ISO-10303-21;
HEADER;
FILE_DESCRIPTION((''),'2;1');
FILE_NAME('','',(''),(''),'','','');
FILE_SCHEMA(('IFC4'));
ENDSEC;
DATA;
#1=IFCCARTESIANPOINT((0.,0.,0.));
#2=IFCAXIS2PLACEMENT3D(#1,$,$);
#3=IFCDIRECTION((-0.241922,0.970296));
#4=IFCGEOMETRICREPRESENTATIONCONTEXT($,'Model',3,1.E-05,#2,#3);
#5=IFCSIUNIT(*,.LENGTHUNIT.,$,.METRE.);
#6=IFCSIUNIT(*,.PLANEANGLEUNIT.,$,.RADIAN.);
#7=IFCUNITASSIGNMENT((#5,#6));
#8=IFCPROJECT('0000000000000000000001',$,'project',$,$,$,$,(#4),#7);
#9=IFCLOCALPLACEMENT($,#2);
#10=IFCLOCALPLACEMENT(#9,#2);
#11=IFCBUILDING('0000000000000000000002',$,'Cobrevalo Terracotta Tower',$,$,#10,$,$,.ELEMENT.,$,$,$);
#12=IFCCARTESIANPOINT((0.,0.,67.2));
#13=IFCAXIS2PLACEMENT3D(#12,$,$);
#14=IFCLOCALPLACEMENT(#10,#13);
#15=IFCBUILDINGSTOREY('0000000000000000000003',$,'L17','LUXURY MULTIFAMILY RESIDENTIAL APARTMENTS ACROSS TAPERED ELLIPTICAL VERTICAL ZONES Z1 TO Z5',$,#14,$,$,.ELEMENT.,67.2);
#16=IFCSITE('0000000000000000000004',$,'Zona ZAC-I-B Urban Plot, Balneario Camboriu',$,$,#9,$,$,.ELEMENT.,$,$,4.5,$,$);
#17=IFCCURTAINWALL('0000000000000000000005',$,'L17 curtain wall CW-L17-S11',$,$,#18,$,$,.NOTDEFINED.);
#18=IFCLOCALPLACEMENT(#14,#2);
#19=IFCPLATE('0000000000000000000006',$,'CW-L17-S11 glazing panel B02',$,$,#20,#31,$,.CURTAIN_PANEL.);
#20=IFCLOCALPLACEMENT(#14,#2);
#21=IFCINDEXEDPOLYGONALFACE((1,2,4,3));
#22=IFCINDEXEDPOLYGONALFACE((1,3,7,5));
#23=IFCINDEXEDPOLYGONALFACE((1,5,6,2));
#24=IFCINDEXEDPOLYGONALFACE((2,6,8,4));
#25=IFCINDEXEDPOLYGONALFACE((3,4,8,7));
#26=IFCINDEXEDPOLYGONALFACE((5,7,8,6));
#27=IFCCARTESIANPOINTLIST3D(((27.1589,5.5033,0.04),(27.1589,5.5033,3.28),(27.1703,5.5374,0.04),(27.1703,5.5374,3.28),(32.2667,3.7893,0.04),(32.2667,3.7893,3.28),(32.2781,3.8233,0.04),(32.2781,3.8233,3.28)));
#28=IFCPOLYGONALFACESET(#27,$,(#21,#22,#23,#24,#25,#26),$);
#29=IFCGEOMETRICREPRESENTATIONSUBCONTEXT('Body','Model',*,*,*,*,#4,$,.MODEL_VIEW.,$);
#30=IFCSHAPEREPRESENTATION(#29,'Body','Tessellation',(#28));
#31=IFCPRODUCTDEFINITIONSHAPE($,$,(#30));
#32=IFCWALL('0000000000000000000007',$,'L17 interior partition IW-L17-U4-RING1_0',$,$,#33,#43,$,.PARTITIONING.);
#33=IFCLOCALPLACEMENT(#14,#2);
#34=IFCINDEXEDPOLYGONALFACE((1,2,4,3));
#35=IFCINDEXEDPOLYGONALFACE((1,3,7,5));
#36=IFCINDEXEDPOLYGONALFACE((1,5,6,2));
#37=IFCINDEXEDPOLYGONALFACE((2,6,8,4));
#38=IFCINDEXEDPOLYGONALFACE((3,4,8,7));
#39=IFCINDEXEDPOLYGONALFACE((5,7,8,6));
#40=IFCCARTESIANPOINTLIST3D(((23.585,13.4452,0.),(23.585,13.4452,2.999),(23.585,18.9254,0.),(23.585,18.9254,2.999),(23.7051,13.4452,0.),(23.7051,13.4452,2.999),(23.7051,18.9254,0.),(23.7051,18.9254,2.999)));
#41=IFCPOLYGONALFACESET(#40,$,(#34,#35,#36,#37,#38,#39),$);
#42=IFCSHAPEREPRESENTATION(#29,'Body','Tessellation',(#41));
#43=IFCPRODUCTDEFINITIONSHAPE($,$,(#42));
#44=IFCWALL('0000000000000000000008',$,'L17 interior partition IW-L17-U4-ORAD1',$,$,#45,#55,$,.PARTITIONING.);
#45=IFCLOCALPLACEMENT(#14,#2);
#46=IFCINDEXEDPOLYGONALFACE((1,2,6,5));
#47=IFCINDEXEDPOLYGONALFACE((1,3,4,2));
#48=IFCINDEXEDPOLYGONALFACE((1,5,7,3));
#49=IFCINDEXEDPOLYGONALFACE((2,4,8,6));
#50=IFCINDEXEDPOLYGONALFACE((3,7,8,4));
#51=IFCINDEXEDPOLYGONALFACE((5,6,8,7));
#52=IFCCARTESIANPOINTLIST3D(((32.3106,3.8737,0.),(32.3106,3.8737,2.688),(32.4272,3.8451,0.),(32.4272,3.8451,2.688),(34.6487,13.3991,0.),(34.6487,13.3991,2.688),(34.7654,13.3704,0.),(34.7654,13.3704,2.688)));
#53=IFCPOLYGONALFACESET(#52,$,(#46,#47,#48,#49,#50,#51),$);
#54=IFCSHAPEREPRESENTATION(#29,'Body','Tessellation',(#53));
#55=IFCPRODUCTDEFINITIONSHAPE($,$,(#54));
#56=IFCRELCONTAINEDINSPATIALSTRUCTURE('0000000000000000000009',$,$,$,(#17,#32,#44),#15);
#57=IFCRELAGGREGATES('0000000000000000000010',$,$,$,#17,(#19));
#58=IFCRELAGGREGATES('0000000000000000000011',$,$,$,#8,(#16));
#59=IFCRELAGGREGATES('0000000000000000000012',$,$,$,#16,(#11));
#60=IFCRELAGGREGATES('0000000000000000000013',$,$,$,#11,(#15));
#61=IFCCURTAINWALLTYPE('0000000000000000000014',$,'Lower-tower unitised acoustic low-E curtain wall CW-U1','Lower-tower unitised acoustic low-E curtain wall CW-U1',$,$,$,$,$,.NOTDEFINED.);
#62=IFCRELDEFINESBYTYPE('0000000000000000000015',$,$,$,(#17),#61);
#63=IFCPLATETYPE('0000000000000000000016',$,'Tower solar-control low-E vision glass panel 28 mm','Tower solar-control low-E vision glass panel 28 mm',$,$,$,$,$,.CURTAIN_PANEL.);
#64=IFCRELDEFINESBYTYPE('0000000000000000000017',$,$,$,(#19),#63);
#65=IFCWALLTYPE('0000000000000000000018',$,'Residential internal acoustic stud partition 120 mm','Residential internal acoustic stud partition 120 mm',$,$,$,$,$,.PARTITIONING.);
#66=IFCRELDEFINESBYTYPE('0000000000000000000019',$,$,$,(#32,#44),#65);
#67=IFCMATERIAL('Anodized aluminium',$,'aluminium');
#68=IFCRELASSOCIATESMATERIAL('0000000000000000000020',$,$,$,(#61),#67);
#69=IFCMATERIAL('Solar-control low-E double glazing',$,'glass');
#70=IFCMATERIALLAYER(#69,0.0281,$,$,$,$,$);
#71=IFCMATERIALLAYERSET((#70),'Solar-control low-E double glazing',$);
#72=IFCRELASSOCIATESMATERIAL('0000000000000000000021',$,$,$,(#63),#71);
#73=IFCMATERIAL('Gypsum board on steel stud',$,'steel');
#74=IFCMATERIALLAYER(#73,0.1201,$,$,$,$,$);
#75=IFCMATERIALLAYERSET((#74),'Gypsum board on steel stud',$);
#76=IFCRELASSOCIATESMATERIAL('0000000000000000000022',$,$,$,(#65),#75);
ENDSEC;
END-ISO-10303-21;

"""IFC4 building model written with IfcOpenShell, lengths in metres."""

from ifc_helpers import new_model, si_unit, direction, frame, frame_2d, origin, origin_2d, place, context, subcontext, project, spatial, rectangle, extrude, source, transform, mapped, material, layer, layer_set, type_object, element, aggregate, save


model = new_model("IFC4")

# Units and contexts
model_context = context("Model", 3, precision=1e-05, world=origin(), true_north=direction((-0.241922, 0.970296)))
body_context = subcontext(model_context, "Body", "Model", "MODEL_VIEW")
ifc_project = project(units=[si_unit("LENGTHUNIT", "METRE"), si_unit("PLANEANGLEUNIT", "RADIAN")], contexts=[model_context])

# Site, building, storey
site_placement = place(None, origin())
site = spatial("IfcSite", under=ifc_project, at=site_placement, Name="Zona ZAC-I-B Urban Plot, Balneario Camboriu", CompositionType="ELEMENT", RefElevation=4.5)
building_placement = place(site_placement, origin())
building = spatial("IfcBuilding", under=site, at=building_placement, Name="Cobrevalo Terracotta Tower", CompositionType="ELEMENT")
storey_placement = place(building_placement, frame((0.0, 0.0, 67.2)))
storey = spatial("IfcBuildingStorey", under=building, at=storey_placement, Name="L17", Description="LUXURY MULTIFAMILY RESIDENTIAL APARTMENTS ACROSS TAPERED ELLIPTICAL VERTICAL ZONES Z1 TO Z5", CompositionType="ELEMENT", Elevation=67.2)

# Curtain wall
ifc_material_1 = material(Name="Anodized aluminium", Category="aluminium")
curtain_wall_type = type_object("IfcCurtainWallType", Name="Lower-tower unitised acoustic low-E curtain wall CW-U1", Description="Lower-tower unitised acoustic low-E curtain wall CW-U1", PredefinedType="NOTDEFINED", material=ifc_material_1)
curtain_wall_1_placement = place(storey_placement, origin())
curtain_wall_1 = element("IfcCurtainWall", 1, at=curtain_wall_1_placement, inside=storey, type_object=curtain_wall_type, Name="L17 curtain wall CW-L17-S11", PredefinedType="NOTDEFINED")

# Plate
ifc_material_2 = material(Name="Solar-control low-E double glazing", Category="glass")
ifc_layer_1 = layer(ifc_material_2, 0.0281)
ifc_layer_set_1 = layer_set([ifc_layer_1], Name="Solar-control low-E double glazing")
plate_type = type_object("IfcPlateType", Name="Tower solar-control low-E vision glass panel 28 mm", Description="Tower solar-control low-E vision glass panel 28 mm", PredefinedType="CURTAIN_PANEL", material=ifc_layer_set_1)
shared_shape_1 = source(origin(), body_context, "Body", "SweptSolid", [
    extrude(rectangle(XDim=5.3877, YDim=0.0359, at=origin_2d()), origin(), (0.0, 0.0, 1.0), 3.24),
])
plate_1_placement = place(storey_placement, frame((29.7185, 4.6633, 0.04), z_axis=(0.0, 0.0, 1.0), x_axis=(0.948044, -0.318139, 0.0)))
plate_1 = element("IfcPlate", 2, at=plate_1_placement, type_object=plate_type, Name="CW-L17-S11 glazing panel B02", PredefinedType="CURTAIN_PANEL", context=body_context, shape_type="MappedRepresentation", body=[
    mapped(shared_shape_1, transform((0.0, 0.0, 0.0), scale=1.0)),
])
aggregate(curtain_wall_1, [plate_1])

# Walls
ifc_material_3 = material(Name="Gypsum board on steel stud", Category="steel")
ifc_layer_2 = layer(ifc_material_3, 0.1201)
ifc_layer_set_2 = layer_set([ifc_layer_2], Name="Gypsum board on steel stud")
wall_type = type_object("IfcWallType", Name="Residential internal acoustic stud partition 120 mm", Description="Residential internal acoustic stud partition 120 mm", PredefinedType="PARTITIONING", material=ifc_layer_set_2)
wall_1_placement = place(storey_placement, frame((23.645, 13.4451, 0.0), z_axis=(0.0, 0.0, 1.0), x_axis=(0.0, 1.0, 0.0)))
element("IfcWall", 3, at=wall_1_placement, inside=storey, type_object=wall_type, Name="L17 interior partition IW-L17-U4-RING1_0", PredefinedType="PARTITIONING", context=body_context, shape_type="SweptSolid", body=[
    extrude(rectangle(XDim=5.4802, YDim=0.1201, at=frame_2d((2.7402, 0.0))), origin(), (0.0, 0.0, 1.0), 2.999),
])
wall_2_placement = place(storey_placement, frame((34.707, 13.3848, 0.0), z_axis=(0.0, 0.0, 1.0), x_axis=(-0.238387, -0.97117, 0.0)))
element("IfcWall", 4, at=wall_2_placement, inside=storey, type_object=wall_type, Name="L17 interior partition IW-L17-U4-ORAD1", PredefinedType="PARTITIONING", context=body_context, shape_type="SweptSolid", body=[
    extrude(rectangle(XDim=9.8081, YDim=0.1201, at=frame_2d((4.9041, 0.0))), origin(), (0.0, 0.0, 1.0), 2.688),
])

save(model, "model.ifc")
